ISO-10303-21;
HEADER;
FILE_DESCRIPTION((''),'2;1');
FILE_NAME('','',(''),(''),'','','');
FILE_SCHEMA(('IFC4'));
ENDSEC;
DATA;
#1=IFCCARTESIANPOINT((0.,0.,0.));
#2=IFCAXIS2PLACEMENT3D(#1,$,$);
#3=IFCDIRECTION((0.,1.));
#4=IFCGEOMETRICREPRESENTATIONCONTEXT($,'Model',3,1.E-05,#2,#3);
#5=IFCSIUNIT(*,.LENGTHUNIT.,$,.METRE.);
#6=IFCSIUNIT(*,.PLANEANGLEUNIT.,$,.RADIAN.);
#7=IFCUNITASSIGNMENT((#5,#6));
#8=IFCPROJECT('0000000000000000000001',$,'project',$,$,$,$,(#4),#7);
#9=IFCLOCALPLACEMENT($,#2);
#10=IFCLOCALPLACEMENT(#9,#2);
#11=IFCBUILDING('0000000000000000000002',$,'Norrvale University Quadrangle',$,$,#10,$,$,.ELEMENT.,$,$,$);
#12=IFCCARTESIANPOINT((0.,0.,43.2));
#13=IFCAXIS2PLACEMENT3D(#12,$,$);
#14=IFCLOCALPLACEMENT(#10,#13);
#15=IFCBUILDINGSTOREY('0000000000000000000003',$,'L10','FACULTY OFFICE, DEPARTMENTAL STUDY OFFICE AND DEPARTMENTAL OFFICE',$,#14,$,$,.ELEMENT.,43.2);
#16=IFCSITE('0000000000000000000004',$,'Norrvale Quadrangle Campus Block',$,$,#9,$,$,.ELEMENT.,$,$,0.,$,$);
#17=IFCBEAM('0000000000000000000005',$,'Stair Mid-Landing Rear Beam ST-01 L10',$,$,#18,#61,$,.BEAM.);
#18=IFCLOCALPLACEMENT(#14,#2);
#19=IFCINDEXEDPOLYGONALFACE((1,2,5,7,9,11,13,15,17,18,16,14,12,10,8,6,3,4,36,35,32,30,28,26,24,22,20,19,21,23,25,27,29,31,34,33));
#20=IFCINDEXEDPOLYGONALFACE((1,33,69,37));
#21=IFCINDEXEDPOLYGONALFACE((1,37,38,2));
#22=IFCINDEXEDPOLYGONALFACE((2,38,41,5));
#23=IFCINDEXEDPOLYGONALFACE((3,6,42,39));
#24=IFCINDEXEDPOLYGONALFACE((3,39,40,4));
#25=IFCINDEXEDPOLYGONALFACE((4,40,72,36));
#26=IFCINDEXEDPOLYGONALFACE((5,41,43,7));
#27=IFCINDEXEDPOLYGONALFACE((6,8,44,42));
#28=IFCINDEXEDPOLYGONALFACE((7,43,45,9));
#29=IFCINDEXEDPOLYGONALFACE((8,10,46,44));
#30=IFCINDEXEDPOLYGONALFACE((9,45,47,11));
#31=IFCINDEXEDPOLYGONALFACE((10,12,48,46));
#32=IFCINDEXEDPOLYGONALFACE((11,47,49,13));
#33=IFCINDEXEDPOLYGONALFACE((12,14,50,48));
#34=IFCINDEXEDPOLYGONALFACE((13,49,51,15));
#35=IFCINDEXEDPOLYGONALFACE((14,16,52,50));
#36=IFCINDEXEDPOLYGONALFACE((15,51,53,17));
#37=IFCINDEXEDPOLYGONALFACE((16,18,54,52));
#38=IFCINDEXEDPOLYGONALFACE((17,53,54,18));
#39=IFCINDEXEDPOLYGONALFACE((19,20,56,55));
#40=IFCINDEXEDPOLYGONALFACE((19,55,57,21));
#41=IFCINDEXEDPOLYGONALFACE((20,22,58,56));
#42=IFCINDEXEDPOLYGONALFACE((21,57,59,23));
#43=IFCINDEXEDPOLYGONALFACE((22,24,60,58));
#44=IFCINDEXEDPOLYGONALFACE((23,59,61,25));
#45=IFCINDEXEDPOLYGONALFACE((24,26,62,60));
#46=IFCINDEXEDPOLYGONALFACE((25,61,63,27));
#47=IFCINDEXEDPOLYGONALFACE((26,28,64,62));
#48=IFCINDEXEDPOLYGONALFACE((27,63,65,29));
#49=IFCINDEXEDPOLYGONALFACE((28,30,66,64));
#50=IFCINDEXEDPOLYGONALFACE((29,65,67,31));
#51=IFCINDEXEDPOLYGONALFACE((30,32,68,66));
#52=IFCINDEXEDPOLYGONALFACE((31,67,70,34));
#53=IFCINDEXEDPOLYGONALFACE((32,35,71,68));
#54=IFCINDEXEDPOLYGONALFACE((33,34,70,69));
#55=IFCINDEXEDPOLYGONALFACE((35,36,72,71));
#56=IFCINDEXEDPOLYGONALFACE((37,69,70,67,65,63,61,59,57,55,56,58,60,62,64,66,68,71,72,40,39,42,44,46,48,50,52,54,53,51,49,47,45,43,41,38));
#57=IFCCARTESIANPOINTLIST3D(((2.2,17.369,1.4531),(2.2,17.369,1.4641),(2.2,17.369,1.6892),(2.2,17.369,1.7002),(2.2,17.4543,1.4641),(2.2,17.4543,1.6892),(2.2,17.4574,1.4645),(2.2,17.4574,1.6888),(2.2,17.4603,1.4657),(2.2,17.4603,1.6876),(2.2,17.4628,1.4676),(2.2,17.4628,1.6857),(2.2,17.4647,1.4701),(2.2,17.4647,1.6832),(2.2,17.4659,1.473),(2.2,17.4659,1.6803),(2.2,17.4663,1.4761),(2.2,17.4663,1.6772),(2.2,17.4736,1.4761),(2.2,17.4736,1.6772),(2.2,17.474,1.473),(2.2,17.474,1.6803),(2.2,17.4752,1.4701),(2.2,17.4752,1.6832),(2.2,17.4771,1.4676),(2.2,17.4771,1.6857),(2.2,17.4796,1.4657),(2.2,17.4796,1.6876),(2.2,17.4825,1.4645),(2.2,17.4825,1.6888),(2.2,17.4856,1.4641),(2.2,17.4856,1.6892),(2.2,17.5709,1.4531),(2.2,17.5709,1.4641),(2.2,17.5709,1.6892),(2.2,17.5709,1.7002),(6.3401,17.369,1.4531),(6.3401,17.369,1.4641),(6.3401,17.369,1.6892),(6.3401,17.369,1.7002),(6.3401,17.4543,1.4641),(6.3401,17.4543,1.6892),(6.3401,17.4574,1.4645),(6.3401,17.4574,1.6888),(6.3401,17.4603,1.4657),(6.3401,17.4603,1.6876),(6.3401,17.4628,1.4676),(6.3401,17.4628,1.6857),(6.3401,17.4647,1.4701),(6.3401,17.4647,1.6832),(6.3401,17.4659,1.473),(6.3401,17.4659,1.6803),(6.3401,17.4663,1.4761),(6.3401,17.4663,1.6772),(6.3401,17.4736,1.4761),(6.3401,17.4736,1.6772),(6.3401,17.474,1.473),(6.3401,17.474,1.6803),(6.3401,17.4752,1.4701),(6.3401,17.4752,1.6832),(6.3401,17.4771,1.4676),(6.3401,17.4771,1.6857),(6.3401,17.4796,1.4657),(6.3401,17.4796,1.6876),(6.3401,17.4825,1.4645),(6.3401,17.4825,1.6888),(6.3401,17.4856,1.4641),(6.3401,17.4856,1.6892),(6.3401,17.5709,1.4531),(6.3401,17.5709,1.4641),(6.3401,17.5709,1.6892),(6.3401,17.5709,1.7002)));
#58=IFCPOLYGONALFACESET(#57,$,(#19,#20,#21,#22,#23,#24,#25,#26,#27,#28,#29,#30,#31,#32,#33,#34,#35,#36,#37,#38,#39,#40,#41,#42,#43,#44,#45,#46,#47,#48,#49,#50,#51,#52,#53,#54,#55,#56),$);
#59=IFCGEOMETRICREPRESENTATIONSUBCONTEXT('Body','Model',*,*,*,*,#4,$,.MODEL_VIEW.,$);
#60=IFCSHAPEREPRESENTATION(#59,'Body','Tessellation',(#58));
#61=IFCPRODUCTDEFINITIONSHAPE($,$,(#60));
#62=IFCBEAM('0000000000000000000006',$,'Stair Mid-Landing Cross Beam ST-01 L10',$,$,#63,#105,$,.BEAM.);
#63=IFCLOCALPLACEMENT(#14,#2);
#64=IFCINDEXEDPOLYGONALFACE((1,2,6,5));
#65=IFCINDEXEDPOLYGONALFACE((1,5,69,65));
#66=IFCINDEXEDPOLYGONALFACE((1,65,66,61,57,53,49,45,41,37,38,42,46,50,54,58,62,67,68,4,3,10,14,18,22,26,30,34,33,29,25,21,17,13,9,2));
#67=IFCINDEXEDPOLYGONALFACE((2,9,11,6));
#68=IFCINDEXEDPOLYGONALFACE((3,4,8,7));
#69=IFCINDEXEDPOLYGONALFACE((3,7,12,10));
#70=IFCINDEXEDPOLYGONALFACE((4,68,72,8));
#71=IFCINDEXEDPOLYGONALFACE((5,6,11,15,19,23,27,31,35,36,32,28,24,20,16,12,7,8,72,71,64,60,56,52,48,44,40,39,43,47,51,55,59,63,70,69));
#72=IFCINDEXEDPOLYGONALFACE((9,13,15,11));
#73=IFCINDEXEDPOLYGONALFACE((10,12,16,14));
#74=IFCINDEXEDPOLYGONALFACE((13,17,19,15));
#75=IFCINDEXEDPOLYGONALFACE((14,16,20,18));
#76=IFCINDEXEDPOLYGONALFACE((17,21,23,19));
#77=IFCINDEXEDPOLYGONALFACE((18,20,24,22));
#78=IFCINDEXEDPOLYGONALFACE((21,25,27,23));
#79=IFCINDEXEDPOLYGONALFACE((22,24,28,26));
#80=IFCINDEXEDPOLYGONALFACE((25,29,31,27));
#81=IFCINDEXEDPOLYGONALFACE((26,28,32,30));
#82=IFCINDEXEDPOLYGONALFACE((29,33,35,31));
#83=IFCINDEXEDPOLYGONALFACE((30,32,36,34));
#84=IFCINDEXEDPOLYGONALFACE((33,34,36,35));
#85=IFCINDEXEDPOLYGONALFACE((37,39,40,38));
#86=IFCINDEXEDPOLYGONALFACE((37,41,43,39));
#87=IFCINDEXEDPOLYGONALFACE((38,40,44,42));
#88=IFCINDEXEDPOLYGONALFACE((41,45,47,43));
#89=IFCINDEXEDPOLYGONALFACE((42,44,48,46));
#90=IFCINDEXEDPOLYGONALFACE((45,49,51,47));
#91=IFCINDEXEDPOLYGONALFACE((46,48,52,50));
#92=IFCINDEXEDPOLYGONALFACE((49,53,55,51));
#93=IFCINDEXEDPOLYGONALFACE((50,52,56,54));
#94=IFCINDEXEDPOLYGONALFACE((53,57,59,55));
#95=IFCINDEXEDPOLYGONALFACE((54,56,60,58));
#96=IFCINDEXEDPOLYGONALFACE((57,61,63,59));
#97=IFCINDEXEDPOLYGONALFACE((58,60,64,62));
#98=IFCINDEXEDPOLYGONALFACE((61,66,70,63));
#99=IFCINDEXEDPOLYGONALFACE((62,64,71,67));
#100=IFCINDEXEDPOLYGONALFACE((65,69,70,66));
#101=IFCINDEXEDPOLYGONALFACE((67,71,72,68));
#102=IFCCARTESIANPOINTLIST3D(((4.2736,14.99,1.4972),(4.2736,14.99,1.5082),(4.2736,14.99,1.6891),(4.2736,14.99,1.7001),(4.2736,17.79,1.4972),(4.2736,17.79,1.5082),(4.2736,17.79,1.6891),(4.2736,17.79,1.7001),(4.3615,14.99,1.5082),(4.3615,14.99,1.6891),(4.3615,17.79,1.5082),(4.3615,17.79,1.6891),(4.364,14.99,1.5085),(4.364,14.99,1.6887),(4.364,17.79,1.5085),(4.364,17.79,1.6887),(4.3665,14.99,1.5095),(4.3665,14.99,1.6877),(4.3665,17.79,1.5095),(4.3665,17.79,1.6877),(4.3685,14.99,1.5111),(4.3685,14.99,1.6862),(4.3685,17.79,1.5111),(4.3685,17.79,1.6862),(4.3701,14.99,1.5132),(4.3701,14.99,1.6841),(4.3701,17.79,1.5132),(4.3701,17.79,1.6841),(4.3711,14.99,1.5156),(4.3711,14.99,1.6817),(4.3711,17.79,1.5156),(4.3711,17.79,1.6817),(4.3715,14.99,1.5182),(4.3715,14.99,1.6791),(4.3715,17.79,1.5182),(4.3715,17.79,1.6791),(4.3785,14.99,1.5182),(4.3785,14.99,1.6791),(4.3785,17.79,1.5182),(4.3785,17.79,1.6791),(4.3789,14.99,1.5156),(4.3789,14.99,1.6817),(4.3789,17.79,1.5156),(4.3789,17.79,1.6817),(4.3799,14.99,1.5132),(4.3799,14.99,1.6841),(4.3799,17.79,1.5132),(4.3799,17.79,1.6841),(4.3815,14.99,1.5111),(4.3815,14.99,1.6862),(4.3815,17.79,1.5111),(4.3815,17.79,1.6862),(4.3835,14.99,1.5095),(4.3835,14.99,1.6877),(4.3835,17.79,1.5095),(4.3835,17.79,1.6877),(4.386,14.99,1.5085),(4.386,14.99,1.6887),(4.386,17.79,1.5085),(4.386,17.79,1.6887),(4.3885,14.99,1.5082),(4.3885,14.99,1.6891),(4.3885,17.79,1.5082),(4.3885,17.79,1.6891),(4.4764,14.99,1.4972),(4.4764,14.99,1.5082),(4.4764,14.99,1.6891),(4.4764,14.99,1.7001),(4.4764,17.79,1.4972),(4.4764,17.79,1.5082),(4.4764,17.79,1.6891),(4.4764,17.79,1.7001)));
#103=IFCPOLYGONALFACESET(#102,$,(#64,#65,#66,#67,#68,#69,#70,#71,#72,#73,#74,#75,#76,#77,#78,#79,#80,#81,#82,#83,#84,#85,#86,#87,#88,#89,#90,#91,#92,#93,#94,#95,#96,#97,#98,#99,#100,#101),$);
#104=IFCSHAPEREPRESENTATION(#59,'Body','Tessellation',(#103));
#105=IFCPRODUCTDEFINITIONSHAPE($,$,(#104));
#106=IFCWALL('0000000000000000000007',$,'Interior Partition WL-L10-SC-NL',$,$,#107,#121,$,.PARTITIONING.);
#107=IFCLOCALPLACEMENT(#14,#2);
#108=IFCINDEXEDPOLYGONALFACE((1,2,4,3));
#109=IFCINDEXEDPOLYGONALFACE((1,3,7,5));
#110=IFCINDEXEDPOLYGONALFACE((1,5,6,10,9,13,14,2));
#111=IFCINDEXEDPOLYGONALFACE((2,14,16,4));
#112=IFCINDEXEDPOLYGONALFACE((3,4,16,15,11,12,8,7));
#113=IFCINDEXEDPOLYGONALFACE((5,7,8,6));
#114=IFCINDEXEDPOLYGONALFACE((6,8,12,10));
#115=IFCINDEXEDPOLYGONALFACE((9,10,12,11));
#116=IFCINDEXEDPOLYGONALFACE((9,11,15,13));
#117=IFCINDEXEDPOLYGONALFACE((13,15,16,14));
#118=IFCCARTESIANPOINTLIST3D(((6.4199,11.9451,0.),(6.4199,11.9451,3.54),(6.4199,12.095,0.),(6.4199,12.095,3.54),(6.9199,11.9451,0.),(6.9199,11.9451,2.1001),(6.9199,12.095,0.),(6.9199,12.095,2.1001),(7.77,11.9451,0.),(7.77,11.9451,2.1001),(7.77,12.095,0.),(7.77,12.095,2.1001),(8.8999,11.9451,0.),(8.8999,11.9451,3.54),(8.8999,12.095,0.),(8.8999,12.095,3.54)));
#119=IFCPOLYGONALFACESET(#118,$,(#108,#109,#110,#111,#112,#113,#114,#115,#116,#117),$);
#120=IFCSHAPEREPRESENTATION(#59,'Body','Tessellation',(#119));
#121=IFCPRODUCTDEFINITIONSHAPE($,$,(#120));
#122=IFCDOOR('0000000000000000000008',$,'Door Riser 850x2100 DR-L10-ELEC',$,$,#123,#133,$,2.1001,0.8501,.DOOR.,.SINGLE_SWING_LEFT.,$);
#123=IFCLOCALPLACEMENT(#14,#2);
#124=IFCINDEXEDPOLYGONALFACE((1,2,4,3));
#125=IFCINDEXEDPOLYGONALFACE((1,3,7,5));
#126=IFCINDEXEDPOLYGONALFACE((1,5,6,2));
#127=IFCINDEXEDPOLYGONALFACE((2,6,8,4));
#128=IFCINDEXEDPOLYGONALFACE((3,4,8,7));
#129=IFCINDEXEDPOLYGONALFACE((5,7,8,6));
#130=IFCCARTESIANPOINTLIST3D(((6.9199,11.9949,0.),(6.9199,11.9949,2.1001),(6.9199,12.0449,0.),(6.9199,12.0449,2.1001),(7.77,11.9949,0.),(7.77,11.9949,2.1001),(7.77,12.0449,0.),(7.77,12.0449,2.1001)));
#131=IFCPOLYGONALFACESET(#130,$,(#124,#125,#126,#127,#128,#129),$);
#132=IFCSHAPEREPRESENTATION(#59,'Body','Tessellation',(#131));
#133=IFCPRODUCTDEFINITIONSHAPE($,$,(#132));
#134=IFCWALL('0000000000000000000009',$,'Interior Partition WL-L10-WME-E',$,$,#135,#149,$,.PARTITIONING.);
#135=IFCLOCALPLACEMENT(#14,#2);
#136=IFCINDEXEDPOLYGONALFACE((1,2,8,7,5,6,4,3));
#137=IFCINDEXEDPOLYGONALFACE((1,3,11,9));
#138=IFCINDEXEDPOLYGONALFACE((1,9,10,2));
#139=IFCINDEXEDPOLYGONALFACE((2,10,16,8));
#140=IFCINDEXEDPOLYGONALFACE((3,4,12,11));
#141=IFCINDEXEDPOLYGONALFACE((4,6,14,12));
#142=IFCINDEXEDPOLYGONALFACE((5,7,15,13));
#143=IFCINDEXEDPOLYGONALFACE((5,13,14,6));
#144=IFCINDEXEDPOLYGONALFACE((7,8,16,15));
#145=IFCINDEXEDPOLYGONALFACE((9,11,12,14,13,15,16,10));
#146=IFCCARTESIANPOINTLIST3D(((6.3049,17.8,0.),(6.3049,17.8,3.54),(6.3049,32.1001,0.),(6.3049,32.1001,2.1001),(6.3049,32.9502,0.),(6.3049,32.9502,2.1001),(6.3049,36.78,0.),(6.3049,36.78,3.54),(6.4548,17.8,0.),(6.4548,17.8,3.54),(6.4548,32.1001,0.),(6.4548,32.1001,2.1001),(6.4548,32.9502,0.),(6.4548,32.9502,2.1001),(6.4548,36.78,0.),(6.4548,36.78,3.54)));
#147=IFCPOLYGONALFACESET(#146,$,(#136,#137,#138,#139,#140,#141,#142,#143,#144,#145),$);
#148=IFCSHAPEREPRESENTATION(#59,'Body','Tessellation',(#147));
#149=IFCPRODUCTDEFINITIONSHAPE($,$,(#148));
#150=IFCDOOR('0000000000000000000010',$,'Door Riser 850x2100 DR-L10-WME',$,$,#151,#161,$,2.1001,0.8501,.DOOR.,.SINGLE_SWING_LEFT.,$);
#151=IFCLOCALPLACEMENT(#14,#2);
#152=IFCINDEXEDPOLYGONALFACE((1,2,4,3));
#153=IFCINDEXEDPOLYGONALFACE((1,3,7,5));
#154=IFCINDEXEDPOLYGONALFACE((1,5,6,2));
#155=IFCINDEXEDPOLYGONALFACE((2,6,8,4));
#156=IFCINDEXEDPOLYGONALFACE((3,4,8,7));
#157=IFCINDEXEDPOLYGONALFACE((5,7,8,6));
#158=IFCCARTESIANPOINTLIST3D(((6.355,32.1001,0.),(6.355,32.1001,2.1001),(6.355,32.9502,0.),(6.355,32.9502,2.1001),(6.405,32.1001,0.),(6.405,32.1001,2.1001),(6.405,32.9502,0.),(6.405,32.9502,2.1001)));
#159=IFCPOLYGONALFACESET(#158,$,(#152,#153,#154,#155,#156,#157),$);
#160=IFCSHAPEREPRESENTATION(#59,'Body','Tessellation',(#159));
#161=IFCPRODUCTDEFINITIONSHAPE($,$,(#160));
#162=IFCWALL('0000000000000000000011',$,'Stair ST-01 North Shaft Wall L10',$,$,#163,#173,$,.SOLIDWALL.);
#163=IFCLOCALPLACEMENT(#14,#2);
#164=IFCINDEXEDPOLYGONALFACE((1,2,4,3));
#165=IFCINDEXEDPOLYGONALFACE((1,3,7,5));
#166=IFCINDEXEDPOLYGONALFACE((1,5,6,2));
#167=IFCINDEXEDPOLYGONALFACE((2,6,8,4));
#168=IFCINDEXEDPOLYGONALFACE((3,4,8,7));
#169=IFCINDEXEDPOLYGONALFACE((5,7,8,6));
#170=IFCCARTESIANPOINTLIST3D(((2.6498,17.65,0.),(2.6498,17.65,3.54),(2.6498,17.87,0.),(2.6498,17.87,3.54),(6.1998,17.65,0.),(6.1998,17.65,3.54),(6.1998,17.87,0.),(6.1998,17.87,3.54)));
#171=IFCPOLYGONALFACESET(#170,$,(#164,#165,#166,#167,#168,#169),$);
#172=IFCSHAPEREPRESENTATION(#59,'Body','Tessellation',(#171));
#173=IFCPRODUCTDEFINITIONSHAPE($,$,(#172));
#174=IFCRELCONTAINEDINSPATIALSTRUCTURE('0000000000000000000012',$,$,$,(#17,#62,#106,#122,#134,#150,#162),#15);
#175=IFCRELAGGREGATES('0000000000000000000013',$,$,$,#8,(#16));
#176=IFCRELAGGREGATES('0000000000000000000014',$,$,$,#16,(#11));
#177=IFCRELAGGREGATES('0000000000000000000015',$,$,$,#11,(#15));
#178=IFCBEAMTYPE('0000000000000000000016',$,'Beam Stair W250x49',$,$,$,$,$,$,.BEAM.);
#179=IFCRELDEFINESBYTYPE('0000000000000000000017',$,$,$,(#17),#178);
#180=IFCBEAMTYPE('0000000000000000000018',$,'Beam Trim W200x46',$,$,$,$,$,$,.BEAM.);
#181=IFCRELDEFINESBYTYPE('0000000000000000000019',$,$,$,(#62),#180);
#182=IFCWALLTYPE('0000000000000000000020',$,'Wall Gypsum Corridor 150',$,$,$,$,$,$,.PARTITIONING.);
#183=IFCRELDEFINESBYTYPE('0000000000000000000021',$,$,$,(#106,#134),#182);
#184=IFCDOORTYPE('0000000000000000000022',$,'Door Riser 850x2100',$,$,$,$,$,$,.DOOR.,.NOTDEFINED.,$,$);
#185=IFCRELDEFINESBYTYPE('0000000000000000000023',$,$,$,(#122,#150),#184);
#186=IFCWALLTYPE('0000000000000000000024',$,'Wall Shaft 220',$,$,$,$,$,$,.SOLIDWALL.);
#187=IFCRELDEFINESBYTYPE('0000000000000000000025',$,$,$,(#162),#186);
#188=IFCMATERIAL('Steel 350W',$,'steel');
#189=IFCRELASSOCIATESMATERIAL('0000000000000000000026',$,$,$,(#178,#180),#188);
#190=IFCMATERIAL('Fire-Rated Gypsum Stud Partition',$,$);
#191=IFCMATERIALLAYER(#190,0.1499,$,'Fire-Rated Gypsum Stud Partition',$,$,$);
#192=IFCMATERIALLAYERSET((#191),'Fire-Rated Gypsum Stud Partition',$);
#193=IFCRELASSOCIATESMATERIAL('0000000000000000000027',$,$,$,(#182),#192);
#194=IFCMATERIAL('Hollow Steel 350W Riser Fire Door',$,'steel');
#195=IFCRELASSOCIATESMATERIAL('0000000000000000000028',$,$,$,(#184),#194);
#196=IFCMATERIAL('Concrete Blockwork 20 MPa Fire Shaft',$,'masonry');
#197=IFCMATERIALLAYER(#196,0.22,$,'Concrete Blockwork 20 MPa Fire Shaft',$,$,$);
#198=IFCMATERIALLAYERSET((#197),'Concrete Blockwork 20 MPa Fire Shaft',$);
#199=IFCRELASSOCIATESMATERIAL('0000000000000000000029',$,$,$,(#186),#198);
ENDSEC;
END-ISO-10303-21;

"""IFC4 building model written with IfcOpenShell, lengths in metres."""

from ifc_helpers import new_model, si_unit, direction, frame, frame_2d, origin, origin_2d, place, context, subcontext, project, spatial, rectangle, i_section, extrude, material, layer, layer_set, material_profile, profile_set, type_object, element, fill, save


model = new_model("IFC4")

# Units and contexts
model_context = context("Model", 3, precision=1e-05, world=origin(), true_north=direction((0.0, 1.0)))
body_context = subcontext(model_context, "Body", "Model", "MODEL_VIEW")
ifc_project = project(units=[si_unit("LENGTHUNIT", "METRE"), si_unit("PLANEANGLEUNIT", "RADIAN")], contexts=[model_context])

# Site, building, storey
site_placement = place(None, origin())
site = spatial("IfcSite", under=ifc_project, at=site_placement, Name="Norrvale Quadrangle Campus Block", CompositionType="ELEMENT", RefElevation=0.0)
building_placement = place(site_placement, origin())
building = spatial("IfcBuilding", under=site, at=building_placement, Name="Norrvale University Quadrangle", CompositionType="ELEMENT")
storey_placement = place(building_placement, frame((0.0, 0.0, 43.2)))
storey = spatial("IfcBuildingStorey", under=building, at=storey_placement, Name="L10", Description="FACULTY OFFICE, DEPARTMENTAL STUDY OFFICE AND DEPARTMENTAL OFFICE", CompositionType="ELEMENT", Elevation=43.2)

# Beams
ifc_material_1 = material(Name="Steel 350W", Category="steel")
ifc_material_profile_1 = material_profile(ifc_material_1, i_section(OverallWidth=0.2019, OverallDepth=0.2471, WebThickness=0.0073, FlangeThickness=0.011, FilletRadius=0.012, at=origin_2d()), Name="Steel 350W")
ifc_profile_set_1 = profile_set([ifc_material_profile_1], Name="Steel 350W")
beam_type_1 = type_object("IfcBeamType", Name="Beam Stair W250x49", PredefinedType="BEAM", material=ifc_profile_set_1)
for number, where, z_axis, x_axis, name in (
    (1, (2.2, 17.47, 1.5767), (1.0, 0.0, 0.0), (0.0, 1.0, 0.0), "Stair Mid-Landing Rear Beam ST-01 L10"),
):
    element("IfcBeam", number, at=place(storey_placement, frame(where, z_axis=z_axis, x_axis=x_axis)), inside=storey, type_object=beam_type_1, Name=name, PredefinedType="BEAM", context=body_context, shape_type="SweptSolid", body=[
        extrude(i_section(OverallWidth=0.2019, OverallDepth=0.2471, WebThickness=0.0073, FlangeThickness=0.011, FilletRadius=0.012, at=origin_2d()), origin(), (0.0, 0.0, 1.0), 4.1401),
    ])
ifc_material_profile_2 = material_profile(ifc_material_1, i_section(OverallWidth=0.2029, OverallDepth=0.2029, WebThickness=0.0071, FlangeThickness=0.011, FilletRadius=0.01, at=origin_2d()), Name="Steel 350W")
ifc_profile_set_2 = profile_set([ifc_material_profile_2], Name="Steel 350W")
beam_type_2 = type_object("IfcBeamType", Name="Beam Trim W200x46", PredefinedType="BEAM", material=ifc_profile_set_2)
beam_1_placement = place(storey_placement, frame((4.375, 14.99, 1.5986), z_axis=(0.0, 1.0, 0.0), x_axis=(-1.0, 0.0, 0.0)))
element("IfcBeam", 2, at=beam_1_placement, inside=storey, type_object=beam_type_2, Name="Stair Mid-Landing Cross Beam ST-01 L10", PredefinedType="BEAM", context=body_context, shape_type="SweptSolid", body=[
    extrude(i_section(OverallWidth=0.2029, OverallDepth=0.2029, WebThickness=0.0071, FlangeThickness=0.011, FilletRadius=0.01, at=origin_2d()), origin(), (0.0, 0.0, 1.0), 2.8),
])

# Walls, openings, doors
ifc_material_2 = material(Name="Fire-Rated Gypsum Stud Partition")
ifc_layer_1 = layer(ifc_material_2, 0.1499, Name="Fire-Rated Gypsum Stud Partition")
ifc_layer_set_1 = layer_set([ifc_layer_1], Name="Fire-Rated Gypsum Stud Partition")
wall_type_1 = type_object("IfcWallType", Name="Wall Gypsum Corridor 150", PredefinedType="PARTITIONING", material=ifc_layer_set_1)
wall_1_placement = place(storey_placement, frame((6.4199, 12.02, 0.0), z_axis=(0.0, 0.0, 1.0), x_axis=(1.0, 0.0, 0.0)))
wall_1 = element("IfcWall", 3, at=wall_1_placement, inside=storey, type_object=wall_type_1, Name="Interior Partition WL-L10-SC-NL", PredefinedType="PARTITIONING", context=body_context, shape_type="SweptSolid", body=[
    extrude(rectangle(XDim=2.48, YDim=0.1499, at=frame_2d((1.24, 0.0))), origin(), (0.0, 0.0, 1.0), 3.54),
])
opening_1_placement = place(wall_1_placement, frame((0.5, 0.0, 0.0)))
opening_1 = element("IfcOpeningElement", 4, at=opening_1_placement, cuts=wall_1, PredefinedType="OPENING", context=body_context, shape_type="SweptSolid", body=[
    extrude(rectangle(XDim=0.8501, YDim=2.1001, at=frame_2d((0.425, 1.05))), frame((0.0, 0.0869, 0.0), z_axis=(0.0, -1.0, 0.0), x_axis=(1.0, 0.0, 0.0)), (0.0, 0.0, 1.0), 0.1738),
])
ifc_material_3 = material(Name="Hollow Steel 350W Riser Fire Door", Category="steel")
door_type = type_object("IfcDoorType", Name="Door Riser 850x2100", OperationType="NOTDEFINED", PredefinedType="DOOR", material=ifc_material_3)
door_1_placement = place(opening_1_placement, origin())
door_1 = element("IfcDoor", 5, at=door_1_placement, inside=storey, type_object=door_type, Name="Door Riser 850x2100 DR-L10-ELEC", OperationType="SINGLE_SWING_LEFT", OverallHeight=2.1001, OverallWidth=0.8501, PredefinedType="DOOR", context=body_context, shape_type="SweptSolid", body=[
    extrude(rectangle(XDim=0.8501, YDim=2.1001, at=frame_2d((0.425, 1.05))), frame((0.0, 0.0249, 0.0), z_axis=(0.0, -1.0, 0.0), x_axis=(1.0, 0.0, 0.0)), (0.0, 0.0, 1.0), 0.05),
])
fill(opening_1, door_1)
wall_2_placement = place(storey_placement, frame((6.3799, 17.8, 0.0), z_axis=(0.0, 0.0, 1.0), x_axis=(0.0, 1.0, 0.0)))
wall_2 = element("IfcWall", 6, at=wall_2_placement, inside=storey, type_object=wall_type_1, Name="Interior Partition WL-L10-WME-E", PredefinedType="PARTITIONING", context=body_context, shape_type="SweptSolid", body=[
    extrude(rectangle(XDim=18.98, YDim=0.1499, at=frame_2d((9.49, 0.0))), origin(), (0.0, 0.0, 1.0), 3.54),
])
opening_2_placement = place(wall_2_placement, frame((14.3, 0.0, 0.0)))
opening_2 = element("IfcOpeningElement", 7, at=opening_2_placement, cuts=wall_2, PredefinedType="OPENING", context=body_context, shape_type="SweptSolid", body=[
    extrude(rectangle(XDim=0.8501, YDim=2.1001, at=frame_2d((0.425, 1.05))), frame((0.0, 0.0869, 0.0), z_axis=(0.0, -1.0, 0.0), x_axis=(1.0, 0.0, 0.0)), (0.0, 0.0, 1.0), 0.1738),
])
door_2_placement = place(opening_2_placement, origin())
door_2 = element("IfcDoor", 8, at=door_2_placement, inside=storey, type_object=door_type, Name="Door Riser 850x2100 DR-L10-WME", OperationType="SINGLE_SWING_LEFT", OverallHeight=2.1001, OverallWidth=0.8501, PredefinedType="DOOR", context=body_context, shape_type="SweptSolid", body=[
    extrude(rectangle(XDim=0.8501, YDim=2.1001, at=frame_2d((0.425, 1.05))), frame((0.0, 0.0249, 0.0), z_axis=(0.0, -1.0, 0.0), x_axis=(1.0, 0.0, 0.0)), (0.0, 0.0, 1.0), 0.05),
])
fill(opening_2, door_2)

# Wall
ifc_material_4 = material(Name="Concrete Blockwork 20 MPa Fire Shaft", Category="masonry")
ifc_layer_2 = layer(ifc_material_4, 0.22, Name="Concrete Blockwork 20 MPa Fire Shaft")
ifc_layer_set_2 = layer_set([ifc_layer_2], Name="Concrete Blockwork 20 MPa Fire Shaft")
wall_type_2 = type_object("IfcWallType", Name="Wall Shaft 220", PredefinedType="SOLIDWALL", material=ifc_layer_set_2)
wall_3_placement = place(storey_placement, frame((2.6499, 17.76, 0.0), z_axis=(0.0, 0.0, 1.0), x_axis=(1.0, 0.0, 0.0)))
element("IfcWall", 9, at=wall_3_placement, inside=storey, type_object=wall_type_2, Name="Stair ST-01 North Shaft Wall L10", PredefinedType="SOLIDWALL", context=body_context, shape_type="SweptSolid", body=[
    extrude(rectangle(XDim=3.55, YDim=0.22, at=frame_2d((1.7749, 0.0))), origin(), (0.0, 0.0, 1.0), 3.54),
])

save(model, "model.ifc")
